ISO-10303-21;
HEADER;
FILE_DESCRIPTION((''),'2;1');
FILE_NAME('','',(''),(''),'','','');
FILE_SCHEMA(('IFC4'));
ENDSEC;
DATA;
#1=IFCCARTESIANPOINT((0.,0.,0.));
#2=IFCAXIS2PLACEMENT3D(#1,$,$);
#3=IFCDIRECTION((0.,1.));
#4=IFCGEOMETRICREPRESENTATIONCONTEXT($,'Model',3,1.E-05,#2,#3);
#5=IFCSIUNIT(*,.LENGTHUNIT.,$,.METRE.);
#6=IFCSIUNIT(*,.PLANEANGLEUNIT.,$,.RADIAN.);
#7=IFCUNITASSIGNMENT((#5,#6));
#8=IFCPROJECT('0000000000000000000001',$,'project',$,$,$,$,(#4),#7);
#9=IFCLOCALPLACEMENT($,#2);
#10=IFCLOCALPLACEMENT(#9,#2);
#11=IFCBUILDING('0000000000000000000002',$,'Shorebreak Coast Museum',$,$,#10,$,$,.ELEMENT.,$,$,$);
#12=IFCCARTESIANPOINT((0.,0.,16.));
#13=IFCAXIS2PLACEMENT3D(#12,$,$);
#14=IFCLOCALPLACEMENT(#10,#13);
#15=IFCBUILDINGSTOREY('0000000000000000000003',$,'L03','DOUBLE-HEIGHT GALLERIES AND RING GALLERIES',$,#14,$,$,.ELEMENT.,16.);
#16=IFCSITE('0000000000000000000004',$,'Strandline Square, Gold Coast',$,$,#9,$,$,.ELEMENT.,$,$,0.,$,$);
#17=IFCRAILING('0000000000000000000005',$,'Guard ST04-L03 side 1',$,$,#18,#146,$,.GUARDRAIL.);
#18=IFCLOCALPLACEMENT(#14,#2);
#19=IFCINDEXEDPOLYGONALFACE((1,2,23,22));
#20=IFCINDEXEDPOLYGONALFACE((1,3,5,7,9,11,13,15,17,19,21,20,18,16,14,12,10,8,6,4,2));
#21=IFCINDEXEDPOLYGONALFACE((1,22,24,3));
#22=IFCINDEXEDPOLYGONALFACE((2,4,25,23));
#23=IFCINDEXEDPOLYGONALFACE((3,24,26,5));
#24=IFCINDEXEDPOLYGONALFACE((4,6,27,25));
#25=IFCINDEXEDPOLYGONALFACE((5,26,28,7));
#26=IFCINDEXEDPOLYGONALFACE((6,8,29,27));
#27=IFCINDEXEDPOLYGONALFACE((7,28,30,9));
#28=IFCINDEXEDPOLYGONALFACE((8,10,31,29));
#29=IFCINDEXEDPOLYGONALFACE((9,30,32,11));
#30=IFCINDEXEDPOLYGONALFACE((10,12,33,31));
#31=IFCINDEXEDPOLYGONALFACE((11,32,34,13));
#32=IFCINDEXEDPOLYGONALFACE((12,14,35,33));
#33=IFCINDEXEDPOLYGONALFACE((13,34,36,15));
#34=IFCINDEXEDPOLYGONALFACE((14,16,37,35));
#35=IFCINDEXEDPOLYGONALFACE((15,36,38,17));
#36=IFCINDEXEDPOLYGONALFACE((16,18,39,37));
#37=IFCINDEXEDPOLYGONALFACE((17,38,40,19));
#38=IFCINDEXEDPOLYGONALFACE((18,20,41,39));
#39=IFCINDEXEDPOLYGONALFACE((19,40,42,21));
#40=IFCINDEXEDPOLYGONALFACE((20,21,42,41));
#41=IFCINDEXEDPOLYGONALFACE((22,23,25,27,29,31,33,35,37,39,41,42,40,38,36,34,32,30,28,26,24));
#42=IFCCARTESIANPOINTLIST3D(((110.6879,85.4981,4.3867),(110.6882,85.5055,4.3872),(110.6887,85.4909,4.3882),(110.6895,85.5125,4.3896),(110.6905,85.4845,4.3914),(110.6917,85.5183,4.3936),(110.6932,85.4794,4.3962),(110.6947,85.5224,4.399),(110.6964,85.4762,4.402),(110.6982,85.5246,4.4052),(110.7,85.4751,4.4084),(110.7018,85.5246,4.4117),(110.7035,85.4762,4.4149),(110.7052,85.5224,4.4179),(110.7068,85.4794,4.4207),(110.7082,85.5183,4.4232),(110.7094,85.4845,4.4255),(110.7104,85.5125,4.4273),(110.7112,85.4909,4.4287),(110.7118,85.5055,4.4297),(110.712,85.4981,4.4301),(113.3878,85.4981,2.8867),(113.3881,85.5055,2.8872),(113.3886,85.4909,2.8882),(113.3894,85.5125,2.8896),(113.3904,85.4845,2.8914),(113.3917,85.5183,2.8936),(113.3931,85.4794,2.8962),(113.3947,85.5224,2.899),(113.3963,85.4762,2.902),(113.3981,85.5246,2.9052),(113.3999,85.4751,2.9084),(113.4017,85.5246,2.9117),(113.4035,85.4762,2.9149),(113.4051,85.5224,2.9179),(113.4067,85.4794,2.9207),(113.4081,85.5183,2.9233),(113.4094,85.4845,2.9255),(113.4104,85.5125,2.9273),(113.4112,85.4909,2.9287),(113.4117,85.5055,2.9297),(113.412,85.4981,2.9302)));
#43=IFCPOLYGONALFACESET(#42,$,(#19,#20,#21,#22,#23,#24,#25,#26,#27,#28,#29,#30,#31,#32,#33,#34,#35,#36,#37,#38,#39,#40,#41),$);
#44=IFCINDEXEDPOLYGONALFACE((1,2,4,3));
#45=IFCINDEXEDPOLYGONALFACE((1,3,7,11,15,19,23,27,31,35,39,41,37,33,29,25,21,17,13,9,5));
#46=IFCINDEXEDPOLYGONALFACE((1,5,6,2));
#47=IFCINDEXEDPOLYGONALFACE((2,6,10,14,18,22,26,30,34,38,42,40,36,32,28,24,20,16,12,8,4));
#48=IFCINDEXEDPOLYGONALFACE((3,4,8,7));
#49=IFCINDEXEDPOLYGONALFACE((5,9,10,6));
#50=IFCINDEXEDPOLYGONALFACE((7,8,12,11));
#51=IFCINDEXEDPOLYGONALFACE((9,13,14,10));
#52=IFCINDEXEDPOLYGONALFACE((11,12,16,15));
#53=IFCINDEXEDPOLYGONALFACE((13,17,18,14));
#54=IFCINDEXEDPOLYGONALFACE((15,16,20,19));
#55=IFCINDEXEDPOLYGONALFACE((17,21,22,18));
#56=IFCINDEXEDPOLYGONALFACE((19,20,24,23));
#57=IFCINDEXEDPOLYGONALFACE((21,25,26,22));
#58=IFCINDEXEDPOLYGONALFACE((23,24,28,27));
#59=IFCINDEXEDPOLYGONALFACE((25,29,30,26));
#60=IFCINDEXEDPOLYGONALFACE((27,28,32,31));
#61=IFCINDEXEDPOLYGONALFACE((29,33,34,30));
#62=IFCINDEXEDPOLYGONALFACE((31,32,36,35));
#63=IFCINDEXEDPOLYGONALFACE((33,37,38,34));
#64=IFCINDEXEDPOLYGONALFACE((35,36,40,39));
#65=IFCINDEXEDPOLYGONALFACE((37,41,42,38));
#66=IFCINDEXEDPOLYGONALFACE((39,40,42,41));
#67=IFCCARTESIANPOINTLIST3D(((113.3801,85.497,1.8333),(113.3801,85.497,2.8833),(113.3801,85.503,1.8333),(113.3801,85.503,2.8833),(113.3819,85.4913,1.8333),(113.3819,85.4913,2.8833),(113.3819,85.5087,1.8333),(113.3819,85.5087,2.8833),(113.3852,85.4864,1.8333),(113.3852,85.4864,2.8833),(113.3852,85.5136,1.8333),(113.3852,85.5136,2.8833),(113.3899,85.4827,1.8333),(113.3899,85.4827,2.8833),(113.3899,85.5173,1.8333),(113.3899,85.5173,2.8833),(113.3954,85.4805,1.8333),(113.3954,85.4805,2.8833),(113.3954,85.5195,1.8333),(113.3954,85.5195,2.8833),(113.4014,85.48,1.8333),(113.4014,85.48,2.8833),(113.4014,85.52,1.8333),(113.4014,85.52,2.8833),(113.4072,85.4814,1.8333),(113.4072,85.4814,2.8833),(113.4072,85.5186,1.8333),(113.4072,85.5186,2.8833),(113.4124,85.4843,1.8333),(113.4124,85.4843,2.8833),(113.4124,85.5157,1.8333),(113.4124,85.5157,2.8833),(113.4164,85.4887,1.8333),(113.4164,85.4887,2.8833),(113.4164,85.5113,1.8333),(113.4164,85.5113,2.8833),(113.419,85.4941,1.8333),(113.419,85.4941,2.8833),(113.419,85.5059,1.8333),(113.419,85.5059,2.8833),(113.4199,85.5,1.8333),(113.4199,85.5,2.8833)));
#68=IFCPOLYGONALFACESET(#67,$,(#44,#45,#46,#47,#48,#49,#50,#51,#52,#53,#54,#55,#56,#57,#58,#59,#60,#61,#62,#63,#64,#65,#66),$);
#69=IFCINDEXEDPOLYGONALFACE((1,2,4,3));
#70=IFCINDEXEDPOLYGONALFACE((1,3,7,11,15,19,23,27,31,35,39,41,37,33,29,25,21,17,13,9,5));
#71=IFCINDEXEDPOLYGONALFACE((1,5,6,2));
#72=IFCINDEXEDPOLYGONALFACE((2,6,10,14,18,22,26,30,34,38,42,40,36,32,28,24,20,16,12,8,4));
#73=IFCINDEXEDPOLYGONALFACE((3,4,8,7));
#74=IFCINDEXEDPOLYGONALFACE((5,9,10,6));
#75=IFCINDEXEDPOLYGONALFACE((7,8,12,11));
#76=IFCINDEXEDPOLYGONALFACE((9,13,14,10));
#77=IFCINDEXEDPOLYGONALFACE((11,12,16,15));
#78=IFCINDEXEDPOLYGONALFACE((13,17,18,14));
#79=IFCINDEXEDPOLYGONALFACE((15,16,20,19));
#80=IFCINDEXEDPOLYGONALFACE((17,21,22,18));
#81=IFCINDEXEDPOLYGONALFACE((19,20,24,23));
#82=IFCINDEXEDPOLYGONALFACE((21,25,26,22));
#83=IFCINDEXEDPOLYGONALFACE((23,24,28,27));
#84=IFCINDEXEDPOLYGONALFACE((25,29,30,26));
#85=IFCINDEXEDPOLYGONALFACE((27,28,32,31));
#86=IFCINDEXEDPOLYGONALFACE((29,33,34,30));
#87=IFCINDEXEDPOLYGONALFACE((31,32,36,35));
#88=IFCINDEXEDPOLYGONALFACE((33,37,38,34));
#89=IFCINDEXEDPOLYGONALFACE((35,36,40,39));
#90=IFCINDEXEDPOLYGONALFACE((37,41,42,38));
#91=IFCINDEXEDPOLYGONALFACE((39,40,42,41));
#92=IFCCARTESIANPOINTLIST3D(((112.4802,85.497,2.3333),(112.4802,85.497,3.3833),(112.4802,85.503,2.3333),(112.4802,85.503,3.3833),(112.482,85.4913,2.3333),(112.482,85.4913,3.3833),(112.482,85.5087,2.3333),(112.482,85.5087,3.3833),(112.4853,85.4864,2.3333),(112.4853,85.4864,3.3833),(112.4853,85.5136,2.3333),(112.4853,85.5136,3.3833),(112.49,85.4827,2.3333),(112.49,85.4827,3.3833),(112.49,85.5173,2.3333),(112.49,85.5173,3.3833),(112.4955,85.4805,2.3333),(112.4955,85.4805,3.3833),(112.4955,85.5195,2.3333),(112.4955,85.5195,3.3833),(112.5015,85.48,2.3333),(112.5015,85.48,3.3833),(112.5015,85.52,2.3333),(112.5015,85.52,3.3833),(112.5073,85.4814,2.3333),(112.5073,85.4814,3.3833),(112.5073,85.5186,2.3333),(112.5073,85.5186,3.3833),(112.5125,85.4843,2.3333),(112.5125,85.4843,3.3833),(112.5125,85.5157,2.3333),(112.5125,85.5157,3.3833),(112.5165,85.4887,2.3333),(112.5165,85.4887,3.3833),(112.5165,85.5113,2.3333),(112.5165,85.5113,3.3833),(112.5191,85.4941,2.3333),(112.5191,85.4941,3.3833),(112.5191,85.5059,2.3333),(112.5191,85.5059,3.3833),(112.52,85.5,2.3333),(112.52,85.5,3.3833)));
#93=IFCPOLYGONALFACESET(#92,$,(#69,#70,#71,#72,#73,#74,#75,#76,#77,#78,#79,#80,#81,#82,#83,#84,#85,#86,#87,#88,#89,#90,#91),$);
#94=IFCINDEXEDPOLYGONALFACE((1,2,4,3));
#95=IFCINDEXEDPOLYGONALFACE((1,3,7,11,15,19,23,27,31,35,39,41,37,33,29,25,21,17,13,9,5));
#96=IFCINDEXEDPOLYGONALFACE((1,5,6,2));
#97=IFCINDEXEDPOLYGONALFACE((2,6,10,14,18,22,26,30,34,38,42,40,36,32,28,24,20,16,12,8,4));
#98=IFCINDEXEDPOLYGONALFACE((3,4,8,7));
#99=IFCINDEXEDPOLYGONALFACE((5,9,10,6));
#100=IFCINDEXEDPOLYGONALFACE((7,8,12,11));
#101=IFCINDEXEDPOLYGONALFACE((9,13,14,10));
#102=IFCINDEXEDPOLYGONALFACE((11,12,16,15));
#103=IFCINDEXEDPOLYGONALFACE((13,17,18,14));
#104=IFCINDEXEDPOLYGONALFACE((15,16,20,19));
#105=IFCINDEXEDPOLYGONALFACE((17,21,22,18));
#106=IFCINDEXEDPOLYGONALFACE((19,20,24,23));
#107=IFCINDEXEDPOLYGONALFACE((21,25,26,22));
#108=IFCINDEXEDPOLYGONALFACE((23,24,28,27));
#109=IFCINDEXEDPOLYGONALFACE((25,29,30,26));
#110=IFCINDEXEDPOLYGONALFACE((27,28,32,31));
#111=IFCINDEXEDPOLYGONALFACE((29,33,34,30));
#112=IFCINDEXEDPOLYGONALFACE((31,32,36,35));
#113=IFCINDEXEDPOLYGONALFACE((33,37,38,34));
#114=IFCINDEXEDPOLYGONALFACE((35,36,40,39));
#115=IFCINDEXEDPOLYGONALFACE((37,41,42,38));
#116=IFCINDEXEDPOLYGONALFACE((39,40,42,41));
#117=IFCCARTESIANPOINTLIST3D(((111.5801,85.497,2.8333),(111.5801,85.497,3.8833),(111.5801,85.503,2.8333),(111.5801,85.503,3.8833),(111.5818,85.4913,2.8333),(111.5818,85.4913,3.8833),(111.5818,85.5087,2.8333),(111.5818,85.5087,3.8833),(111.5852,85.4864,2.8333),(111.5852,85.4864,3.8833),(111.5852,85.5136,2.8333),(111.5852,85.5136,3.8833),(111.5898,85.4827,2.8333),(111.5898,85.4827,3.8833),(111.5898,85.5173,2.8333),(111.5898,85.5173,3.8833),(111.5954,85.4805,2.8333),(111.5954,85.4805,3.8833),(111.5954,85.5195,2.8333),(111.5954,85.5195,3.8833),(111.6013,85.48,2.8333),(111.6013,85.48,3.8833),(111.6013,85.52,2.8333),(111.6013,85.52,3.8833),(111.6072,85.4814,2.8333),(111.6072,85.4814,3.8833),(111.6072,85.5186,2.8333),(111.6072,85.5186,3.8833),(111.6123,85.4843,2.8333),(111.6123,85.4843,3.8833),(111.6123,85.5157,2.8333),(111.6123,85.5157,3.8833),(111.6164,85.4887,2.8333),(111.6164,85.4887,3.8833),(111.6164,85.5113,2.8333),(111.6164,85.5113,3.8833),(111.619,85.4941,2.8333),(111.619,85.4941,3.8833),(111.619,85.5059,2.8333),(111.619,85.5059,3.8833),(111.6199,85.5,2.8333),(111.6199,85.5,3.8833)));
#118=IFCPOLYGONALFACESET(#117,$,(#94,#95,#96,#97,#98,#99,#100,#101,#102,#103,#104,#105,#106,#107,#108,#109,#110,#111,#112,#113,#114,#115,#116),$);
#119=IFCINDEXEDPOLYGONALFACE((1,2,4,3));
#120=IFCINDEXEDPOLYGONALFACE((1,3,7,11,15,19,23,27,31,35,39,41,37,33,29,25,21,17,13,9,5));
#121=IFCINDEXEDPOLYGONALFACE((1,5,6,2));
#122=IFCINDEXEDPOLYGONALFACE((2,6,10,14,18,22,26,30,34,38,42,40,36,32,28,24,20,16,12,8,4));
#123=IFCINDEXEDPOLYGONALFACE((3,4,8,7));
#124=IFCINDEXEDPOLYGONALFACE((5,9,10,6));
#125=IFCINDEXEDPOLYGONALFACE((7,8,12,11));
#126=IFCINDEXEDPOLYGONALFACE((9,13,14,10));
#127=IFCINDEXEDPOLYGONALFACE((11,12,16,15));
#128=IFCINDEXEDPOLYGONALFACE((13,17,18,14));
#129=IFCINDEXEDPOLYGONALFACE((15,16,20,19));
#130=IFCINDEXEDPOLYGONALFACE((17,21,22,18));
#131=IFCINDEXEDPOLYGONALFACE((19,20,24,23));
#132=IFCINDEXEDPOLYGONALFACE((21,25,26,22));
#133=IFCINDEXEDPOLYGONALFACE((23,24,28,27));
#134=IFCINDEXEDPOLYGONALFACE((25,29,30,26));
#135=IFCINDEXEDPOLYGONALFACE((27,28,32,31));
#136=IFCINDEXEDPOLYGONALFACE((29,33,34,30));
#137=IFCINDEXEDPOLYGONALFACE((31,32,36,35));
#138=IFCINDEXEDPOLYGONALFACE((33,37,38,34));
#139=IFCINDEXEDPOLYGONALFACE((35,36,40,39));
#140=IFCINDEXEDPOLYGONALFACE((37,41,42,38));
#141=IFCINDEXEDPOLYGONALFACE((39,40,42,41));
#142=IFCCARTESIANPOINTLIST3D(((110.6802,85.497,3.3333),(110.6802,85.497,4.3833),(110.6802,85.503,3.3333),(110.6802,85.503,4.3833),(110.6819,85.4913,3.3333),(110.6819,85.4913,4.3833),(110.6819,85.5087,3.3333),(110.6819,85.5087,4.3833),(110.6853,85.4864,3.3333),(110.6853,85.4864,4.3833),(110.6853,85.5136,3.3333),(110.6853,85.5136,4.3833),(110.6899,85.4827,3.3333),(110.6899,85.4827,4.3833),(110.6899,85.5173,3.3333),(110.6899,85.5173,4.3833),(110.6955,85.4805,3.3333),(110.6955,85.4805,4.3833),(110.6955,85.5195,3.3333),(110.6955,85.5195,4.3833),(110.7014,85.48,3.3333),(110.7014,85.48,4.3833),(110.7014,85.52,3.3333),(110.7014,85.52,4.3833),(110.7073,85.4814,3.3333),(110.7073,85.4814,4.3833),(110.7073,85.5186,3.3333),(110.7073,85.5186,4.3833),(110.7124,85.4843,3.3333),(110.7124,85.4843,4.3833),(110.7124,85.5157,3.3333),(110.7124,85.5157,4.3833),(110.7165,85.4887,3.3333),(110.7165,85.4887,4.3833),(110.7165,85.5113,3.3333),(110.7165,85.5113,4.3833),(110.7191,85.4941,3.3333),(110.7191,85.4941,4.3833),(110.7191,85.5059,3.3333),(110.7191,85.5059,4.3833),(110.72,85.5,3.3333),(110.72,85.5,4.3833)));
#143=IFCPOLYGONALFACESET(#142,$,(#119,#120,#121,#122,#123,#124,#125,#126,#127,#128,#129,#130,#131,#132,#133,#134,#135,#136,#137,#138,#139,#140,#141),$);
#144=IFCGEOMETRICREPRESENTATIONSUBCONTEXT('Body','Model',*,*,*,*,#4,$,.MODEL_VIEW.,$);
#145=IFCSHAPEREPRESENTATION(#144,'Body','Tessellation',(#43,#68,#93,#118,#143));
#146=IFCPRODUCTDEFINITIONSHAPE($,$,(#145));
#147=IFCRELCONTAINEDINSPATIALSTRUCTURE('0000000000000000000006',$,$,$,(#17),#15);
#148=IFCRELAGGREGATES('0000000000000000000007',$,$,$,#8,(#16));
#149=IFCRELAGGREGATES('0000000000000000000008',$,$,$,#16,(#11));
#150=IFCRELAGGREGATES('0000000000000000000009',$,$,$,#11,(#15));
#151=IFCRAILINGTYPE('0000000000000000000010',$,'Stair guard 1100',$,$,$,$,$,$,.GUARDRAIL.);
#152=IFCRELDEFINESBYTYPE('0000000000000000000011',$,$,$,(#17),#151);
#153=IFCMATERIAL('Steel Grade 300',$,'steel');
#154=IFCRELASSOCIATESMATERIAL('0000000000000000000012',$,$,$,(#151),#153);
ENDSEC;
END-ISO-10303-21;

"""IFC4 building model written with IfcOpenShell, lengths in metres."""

from ifc_helpers import new_model, si_unit, direction, frame, origin, origin_2d, place, context, subcontext, project, spatial, circle, extrude, material, type_object, element, save


model = new_model("IFC4")

# Units and contexts
model_context = context("Model", 3, precision=1e-05, world=origin(), true_north=direction((0.0, 1.0)))
body_context = subcontext(model_context, "Body", "Model", "MODEL_VIEW")
ifc_project = project(units=[si_unit("LENGTHUNIT", "METRE"), si_unit("PLANEANGLEUNIT", "RADIAN")], contexts=[model_context])

# Site, building, storey
site_placement = place(None, origin())
site = spatial("IfcSite", under=ifc_project, at=site_placement, Name="Strandline Square, Gold Coast", CompositionType="ELEMENT", RefElevation=0.0)
building_placement = place(site_placement, origin())
building = spatial("IfcBuilding", under=site, at=building_placement, Name="Shorebreak Coast Museum", CompositionType="ELEMENT")
storey_placement = place(building_placement, frame((0.0, 0.0, 16.0)))
storey = spatial("IfcBuildingStorey", under=building, at=storey_placement, Name="L03", Description="DOUBLE-HEIGHT GALLERIES AND RING GALLERIES", CompositionType="ELEMENT", Elevation=16.0)

# Railing
ifc_material_1 = material(Name="Steel Grade 300", Category="steel")
railing_type_1 = type_object("IfcRailingType", Name="Stair guard 1100", PredefinedType="GUARDRAIL", material=ifc_material_1)
for number, where, name in (
    (1, (113.3999, 85.5, 1.8333), "Guard ST04-L03 side 1"),
):
    element("IfcRailing", number, at=place(storey_placement, frame(where)), inside=storey, type_object=railing_type_1, Name=name, PredefinedType="GUARDRAIL", context=body_context, shape_type="SweptSolid", body=[
        extrude(circle(Radius=0.0249, at=origin_2d()), frame((0.0, 0.0, 1.0752), z_axis=(-0.874154, 0.0, 0.48565), x_axis=(0.0, -1.0, 0.0)), (0.0, 0.0, 1.0), 3.0886),
        extrude(circle(Radius=0.02, at=origin_2d()), origin(), (0.0, 0.0, 1.0), 1.05),
        extrude(circle(Radius=0.02, at=origin_2d()), frame((-0.8999, 0.0, 0.5)), (0.0, 0.0, 1.0), 1.05),
        extrude(circle(Radius=0.02, at=origin_2d()), frame((-1.8, 0.0, 1.0)), (0.0, 0.0, 1.0), 1.05),
        extrude(circle(Radius=0.02, at=origin_2d()), frame((-2.7, 0.0, 1.5)), (0.0, 0.0, 1.0), 1.05),
    ])

save(model, "model.ifc")
